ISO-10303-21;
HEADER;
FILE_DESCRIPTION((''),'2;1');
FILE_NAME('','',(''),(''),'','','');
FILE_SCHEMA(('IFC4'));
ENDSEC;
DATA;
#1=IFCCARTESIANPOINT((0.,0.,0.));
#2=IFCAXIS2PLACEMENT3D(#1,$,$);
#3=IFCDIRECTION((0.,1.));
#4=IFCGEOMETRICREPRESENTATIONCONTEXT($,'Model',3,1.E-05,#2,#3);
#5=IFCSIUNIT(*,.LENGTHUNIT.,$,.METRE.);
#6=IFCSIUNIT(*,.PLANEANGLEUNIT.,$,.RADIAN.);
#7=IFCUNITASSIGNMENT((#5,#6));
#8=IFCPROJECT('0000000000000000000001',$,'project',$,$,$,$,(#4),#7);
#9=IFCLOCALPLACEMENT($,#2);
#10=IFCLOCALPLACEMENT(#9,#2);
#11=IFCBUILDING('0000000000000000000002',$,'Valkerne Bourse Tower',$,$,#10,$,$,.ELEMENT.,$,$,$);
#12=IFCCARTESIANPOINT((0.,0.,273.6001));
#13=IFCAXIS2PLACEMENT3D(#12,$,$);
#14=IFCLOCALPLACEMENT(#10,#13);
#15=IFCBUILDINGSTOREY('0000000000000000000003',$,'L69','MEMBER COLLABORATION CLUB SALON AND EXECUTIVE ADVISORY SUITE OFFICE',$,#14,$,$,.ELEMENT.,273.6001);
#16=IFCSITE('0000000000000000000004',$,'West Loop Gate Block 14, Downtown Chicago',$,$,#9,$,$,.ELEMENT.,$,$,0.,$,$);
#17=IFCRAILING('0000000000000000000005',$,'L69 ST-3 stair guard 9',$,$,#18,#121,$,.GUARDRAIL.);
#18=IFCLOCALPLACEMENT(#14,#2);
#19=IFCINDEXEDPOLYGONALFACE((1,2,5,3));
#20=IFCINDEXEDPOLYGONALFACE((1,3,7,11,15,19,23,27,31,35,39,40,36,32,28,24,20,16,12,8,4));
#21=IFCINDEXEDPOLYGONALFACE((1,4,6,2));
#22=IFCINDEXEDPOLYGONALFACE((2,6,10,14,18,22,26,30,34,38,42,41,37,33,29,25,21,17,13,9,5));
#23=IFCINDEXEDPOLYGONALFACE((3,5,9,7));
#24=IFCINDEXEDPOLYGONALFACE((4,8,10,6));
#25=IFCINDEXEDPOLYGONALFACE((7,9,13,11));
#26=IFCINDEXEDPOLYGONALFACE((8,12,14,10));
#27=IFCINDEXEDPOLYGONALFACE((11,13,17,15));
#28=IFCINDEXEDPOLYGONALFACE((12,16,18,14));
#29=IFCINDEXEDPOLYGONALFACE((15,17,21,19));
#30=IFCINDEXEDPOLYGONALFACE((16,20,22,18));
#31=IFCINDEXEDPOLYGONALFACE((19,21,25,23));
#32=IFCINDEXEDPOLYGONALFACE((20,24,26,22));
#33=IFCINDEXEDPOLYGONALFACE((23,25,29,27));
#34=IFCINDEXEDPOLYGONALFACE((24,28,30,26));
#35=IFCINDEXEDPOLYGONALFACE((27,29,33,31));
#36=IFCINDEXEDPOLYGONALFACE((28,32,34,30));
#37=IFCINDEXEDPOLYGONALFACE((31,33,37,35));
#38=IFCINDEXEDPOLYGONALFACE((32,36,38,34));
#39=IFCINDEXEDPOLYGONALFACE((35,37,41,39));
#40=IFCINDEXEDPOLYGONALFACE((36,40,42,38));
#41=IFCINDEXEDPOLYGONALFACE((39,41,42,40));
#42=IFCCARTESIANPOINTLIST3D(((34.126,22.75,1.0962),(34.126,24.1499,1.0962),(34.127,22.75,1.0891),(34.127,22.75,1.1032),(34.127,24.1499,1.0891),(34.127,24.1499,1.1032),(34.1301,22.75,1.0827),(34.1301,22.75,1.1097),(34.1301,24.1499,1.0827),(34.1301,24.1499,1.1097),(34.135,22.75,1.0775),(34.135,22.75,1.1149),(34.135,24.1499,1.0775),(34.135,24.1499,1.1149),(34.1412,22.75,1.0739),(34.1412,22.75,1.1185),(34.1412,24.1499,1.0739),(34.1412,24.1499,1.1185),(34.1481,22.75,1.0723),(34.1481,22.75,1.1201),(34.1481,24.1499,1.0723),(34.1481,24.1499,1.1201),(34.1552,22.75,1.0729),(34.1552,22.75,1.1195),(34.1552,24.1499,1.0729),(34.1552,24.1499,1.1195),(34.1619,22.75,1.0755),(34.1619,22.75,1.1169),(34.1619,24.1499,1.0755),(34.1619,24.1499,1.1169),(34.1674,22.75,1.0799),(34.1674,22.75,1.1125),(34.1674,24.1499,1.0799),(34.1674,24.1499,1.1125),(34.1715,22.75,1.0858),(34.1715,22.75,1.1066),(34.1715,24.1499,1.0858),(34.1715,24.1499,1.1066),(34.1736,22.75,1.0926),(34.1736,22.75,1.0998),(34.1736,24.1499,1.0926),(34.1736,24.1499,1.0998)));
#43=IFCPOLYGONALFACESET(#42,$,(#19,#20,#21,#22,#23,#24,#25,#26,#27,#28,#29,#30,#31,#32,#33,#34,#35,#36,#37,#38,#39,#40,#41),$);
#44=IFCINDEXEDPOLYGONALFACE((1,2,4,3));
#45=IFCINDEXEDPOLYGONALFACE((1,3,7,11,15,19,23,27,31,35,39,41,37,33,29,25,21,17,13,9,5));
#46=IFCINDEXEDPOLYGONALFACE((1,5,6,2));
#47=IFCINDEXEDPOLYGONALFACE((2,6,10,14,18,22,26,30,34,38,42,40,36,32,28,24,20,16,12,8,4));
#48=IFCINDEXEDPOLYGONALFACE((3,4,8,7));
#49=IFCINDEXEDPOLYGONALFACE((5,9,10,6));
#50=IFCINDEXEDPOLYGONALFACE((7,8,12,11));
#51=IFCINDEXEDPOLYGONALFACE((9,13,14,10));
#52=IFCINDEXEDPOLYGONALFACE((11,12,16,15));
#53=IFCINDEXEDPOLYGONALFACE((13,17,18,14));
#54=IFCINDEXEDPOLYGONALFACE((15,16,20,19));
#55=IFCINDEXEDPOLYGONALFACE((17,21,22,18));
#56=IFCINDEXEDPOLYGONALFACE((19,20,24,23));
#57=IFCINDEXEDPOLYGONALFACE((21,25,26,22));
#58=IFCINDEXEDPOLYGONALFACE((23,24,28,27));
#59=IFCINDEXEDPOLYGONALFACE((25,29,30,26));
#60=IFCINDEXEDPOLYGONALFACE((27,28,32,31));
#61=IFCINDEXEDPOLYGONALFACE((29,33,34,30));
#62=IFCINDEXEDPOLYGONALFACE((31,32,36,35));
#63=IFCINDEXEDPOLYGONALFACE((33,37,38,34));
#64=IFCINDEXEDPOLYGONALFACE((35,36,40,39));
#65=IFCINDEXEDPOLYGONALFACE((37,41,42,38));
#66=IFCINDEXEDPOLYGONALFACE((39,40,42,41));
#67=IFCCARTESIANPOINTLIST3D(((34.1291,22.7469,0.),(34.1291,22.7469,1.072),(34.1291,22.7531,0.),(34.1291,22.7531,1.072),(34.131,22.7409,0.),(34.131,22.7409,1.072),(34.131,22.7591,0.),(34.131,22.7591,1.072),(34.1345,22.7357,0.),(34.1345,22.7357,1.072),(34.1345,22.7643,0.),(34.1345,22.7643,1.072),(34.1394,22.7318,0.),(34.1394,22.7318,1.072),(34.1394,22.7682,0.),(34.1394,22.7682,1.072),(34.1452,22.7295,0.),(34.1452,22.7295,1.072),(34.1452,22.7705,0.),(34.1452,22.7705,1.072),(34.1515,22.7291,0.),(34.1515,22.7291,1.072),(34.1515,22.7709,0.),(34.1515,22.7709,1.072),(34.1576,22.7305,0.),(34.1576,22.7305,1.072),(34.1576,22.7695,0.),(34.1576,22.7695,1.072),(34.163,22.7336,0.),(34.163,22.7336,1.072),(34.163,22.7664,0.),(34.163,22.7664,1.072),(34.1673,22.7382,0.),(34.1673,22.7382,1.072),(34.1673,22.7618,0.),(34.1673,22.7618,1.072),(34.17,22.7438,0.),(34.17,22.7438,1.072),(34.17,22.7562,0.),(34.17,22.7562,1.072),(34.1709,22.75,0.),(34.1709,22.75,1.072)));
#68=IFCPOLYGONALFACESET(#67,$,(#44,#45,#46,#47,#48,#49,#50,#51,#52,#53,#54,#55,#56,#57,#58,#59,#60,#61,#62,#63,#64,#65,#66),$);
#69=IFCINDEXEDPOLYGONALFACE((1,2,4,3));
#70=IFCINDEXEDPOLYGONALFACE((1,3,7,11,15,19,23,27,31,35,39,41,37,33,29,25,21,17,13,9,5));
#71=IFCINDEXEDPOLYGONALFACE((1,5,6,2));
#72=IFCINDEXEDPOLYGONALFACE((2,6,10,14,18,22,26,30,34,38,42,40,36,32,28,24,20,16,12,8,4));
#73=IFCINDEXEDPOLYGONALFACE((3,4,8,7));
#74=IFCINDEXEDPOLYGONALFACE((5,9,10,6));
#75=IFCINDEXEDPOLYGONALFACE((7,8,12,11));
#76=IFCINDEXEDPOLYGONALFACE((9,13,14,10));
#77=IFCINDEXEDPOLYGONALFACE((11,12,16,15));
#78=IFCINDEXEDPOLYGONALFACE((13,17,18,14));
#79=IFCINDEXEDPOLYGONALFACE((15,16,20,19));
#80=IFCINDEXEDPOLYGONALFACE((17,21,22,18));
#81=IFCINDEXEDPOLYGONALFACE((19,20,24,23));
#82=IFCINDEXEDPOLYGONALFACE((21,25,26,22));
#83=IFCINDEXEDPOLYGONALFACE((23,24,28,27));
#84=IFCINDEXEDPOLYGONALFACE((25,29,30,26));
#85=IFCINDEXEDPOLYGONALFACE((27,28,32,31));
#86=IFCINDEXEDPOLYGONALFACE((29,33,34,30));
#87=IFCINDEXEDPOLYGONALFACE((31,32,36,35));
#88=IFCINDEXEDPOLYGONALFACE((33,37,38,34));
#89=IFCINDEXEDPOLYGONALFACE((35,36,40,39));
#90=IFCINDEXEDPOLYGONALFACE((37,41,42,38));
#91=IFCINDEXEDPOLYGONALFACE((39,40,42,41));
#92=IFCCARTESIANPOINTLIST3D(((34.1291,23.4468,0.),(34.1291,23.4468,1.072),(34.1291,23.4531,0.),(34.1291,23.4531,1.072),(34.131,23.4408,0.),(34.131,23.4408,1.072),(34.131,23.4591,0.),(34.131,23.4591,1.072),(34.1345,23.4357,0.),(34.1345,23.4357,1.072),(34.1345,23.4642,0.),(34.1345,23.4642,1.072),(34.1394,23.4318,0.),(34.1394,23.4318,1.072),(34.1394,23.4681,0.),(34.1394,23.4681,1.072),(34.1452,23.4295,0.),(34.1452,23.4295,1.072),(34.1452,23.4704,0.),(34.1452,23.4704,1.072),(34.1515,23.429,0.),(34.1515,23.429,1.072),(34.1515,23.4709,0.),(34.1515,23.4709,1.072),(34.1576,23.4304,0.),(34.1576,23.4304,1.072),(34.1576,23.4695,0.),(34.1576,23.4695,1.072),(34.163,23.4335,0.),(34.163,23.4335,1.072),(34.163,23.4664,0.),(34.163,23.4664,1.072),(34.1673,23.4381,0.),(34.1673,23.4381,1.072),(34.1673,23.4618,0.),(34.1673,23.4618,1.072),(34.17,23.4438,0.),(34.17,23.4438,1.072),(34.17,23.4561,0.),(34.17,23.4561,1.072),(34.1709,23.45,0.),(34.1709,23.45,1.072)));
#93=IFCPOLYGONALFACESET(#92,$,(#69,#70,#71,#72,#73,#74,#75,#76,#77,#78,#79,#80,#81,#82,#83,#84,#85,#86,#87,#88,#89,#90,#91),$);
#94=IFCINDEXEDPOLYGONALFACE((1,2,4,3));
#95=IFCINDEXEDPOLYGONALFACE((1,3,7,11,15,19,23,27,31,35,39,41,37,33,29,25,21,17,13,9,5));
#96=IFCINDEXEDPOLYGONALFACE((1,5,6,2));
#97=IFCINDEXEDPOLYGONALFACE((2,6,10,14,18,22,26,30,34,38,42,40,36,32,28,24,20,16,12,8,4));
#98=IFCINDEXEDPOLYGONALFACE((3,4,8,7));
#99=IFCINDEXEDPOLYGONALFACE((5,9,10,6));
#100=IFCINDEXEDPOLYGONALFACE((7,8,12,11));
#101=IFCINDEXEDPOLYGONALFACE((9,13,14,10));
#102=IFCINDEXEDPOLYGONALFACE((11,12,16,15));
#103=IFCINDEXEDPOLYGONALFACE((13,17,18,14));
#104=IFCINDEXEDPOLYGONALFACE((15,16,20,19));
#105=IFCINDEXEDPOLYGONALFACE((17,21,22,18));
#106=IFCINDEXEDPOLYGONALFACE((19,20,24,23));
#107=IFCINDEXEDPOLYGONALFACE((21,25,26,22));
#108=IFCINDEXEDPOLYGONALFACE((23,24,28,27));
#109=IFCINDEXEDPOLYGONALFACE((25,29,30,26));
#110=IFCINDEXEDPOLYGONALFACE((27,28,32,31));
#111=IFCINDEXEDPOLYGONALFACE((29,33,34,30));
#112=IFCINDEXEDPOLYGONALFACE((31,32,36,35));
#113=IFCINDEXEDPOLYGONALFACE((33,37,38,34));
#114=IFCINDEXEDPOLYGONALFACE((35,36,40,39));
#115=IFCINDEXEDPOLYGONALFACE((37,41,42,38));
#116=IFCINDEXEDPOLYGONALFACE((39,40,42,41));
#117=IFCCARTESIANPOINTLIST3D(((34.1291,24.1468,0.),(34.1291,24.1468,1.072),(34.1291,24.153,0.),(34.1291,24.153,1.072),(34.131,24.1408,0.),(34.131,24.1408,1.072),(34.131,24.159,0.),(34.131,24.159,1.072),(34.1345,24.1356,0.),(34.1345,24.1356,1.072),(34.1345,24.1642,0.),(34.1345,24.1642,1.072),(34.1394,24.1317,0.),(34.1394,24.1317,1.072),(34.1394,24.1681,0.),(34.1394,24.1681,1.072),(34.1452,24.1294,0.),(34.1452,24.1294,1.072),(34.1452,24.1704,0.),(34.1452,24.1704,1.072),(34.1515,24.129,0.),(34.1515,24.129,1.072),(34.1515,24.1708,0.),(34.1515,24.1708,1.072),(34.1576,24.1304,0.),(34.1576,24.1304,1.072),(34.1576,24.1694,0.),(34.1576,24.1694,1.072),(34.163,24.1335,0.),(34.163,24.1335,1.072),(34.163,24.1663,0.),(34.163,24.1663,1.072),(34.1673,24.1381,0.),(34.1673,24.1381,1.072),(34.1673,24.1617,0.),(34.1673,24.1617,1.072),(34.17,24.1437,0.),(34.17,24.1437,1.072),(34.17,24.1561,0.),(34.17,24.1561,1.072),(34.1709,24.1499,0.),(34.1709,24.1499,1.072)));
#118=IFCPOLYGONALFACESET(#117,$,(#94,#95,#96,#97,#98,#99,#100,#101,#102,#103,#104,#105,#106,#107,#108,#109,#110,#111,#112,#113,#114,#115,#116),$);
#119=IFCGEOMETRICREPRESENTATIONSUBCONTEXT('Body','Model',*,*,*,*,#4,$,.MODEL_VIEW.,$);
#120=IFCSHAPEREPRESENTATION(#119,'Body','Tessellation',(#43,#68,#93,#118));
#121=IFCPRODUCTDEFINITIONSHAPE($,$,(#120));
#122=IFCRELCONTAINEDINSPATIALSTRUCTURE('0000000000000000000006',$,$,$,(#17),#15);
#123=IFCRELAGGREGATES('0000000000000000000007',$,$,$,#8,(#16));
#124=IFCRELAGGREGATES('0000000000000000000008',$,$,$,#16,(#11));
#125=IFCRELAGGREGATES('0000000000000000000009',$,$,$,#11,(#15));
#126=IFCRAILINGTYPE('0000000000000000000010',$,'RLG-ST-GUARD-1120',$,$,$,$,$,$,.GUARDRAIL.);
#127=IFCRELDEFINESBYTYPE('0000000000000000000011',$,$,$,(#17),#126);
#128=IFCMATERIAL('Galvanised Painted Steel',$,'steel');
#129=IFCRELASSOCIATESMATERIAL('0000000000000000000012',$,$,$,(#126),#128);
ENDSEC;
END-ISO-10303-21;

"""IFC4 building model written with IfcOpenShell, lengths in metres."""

from ifc_helpers import new_model, si_unit, direction, frame, origin, origin_2d, place, context, subcontext, project, spatial, circle, extrude, material, type_object, element, save


model = new_model("IFC4")

# Units and contexts
model_context = context("Model", 3, precision=1e-05, world=origin(), true_north=direction((0.0, 1.0)))
body_context = subcontext(model_context, "Body", "Model", "MODEL_VIEW")
ifc_project = project(units=[si_unit("LENGTHUNIT", "METRE"), si_unit("PLANEANGLEUNIT", "RADIAN")], contexts=[model_context])

# Site, building, storey
site_placement = place(None, origin())
site = spatial("IfcSite", under=ifc_project, at=site_placement, Name="West Loop Gate Block 14, Downtown Chicago", CompositionType="ELEMENT", RefElevation=0.0)
building_placement = place(site_placement, origin())
building = spatial("IfcBuilding", under=site, at=building_placement, Name="Valkerne Bourse Tower", CompositionType="ELEMENT")
storey_placement = place(building_placement, frame((0.0, 0.0, 273.6001)))
storey = spatial("IfcBuildingStorey", under=building, at=storey_placement, Name="L69", Description="MEMBER COLLABORATION CLUB SALON AND EXECUTIVE ADVISORY SUITE OFFICE", CompositionType="ELEMENT", Elevation=273.6001)

# Shared definitions
ifc_material_1 = material(Name="Galvanised Painted Steel", Category="steel")

# Railing
railing_type_1 = type_object("IfcRailingType", Name="RLG-ST-GUARD-1120", PredefinedType="GUARDRAIL", material=ifc_material_1)
railing_1_placement = place(storey_placement, frame((34.1499, 22.75, 0.0)))
element("IfcRailing", 1, at=railing_1_placement, inside=storey, type_object=railing_type_1, Name="L69 ST-3 stair guard 9", PredefinedType="GUARDRAIL", context=body_context, shape_type="SweptSolid", body=[
    extrude(circle(Radius=0.0239, at=origin_2d()), frame((0.0, 0.0, 1.0962), z_axis=(0.0, 1.0, 0.0), x_axis=(-1.0, 0.0, 0.0)), (0.0, 0.0, 1.0), 1.3999),
    extrude(circle(Radius=0.021, at=origin_2d()), origin(), (0.0, 0.0, 1.0), 1.072),
    extrude(circle(Radius=0.021, at=origin_2d()), frame((0.0, 0.7, 0.0)), (0.0, 0.0, 1.0), 1.072),
    extrude(circle(Radius=0.021, at=origin_2d()), frame((0.0, 1.3999, 0.0)), (0.0, 0.0, 1.0), 1.072),
])

save(model, "model.ifc")
